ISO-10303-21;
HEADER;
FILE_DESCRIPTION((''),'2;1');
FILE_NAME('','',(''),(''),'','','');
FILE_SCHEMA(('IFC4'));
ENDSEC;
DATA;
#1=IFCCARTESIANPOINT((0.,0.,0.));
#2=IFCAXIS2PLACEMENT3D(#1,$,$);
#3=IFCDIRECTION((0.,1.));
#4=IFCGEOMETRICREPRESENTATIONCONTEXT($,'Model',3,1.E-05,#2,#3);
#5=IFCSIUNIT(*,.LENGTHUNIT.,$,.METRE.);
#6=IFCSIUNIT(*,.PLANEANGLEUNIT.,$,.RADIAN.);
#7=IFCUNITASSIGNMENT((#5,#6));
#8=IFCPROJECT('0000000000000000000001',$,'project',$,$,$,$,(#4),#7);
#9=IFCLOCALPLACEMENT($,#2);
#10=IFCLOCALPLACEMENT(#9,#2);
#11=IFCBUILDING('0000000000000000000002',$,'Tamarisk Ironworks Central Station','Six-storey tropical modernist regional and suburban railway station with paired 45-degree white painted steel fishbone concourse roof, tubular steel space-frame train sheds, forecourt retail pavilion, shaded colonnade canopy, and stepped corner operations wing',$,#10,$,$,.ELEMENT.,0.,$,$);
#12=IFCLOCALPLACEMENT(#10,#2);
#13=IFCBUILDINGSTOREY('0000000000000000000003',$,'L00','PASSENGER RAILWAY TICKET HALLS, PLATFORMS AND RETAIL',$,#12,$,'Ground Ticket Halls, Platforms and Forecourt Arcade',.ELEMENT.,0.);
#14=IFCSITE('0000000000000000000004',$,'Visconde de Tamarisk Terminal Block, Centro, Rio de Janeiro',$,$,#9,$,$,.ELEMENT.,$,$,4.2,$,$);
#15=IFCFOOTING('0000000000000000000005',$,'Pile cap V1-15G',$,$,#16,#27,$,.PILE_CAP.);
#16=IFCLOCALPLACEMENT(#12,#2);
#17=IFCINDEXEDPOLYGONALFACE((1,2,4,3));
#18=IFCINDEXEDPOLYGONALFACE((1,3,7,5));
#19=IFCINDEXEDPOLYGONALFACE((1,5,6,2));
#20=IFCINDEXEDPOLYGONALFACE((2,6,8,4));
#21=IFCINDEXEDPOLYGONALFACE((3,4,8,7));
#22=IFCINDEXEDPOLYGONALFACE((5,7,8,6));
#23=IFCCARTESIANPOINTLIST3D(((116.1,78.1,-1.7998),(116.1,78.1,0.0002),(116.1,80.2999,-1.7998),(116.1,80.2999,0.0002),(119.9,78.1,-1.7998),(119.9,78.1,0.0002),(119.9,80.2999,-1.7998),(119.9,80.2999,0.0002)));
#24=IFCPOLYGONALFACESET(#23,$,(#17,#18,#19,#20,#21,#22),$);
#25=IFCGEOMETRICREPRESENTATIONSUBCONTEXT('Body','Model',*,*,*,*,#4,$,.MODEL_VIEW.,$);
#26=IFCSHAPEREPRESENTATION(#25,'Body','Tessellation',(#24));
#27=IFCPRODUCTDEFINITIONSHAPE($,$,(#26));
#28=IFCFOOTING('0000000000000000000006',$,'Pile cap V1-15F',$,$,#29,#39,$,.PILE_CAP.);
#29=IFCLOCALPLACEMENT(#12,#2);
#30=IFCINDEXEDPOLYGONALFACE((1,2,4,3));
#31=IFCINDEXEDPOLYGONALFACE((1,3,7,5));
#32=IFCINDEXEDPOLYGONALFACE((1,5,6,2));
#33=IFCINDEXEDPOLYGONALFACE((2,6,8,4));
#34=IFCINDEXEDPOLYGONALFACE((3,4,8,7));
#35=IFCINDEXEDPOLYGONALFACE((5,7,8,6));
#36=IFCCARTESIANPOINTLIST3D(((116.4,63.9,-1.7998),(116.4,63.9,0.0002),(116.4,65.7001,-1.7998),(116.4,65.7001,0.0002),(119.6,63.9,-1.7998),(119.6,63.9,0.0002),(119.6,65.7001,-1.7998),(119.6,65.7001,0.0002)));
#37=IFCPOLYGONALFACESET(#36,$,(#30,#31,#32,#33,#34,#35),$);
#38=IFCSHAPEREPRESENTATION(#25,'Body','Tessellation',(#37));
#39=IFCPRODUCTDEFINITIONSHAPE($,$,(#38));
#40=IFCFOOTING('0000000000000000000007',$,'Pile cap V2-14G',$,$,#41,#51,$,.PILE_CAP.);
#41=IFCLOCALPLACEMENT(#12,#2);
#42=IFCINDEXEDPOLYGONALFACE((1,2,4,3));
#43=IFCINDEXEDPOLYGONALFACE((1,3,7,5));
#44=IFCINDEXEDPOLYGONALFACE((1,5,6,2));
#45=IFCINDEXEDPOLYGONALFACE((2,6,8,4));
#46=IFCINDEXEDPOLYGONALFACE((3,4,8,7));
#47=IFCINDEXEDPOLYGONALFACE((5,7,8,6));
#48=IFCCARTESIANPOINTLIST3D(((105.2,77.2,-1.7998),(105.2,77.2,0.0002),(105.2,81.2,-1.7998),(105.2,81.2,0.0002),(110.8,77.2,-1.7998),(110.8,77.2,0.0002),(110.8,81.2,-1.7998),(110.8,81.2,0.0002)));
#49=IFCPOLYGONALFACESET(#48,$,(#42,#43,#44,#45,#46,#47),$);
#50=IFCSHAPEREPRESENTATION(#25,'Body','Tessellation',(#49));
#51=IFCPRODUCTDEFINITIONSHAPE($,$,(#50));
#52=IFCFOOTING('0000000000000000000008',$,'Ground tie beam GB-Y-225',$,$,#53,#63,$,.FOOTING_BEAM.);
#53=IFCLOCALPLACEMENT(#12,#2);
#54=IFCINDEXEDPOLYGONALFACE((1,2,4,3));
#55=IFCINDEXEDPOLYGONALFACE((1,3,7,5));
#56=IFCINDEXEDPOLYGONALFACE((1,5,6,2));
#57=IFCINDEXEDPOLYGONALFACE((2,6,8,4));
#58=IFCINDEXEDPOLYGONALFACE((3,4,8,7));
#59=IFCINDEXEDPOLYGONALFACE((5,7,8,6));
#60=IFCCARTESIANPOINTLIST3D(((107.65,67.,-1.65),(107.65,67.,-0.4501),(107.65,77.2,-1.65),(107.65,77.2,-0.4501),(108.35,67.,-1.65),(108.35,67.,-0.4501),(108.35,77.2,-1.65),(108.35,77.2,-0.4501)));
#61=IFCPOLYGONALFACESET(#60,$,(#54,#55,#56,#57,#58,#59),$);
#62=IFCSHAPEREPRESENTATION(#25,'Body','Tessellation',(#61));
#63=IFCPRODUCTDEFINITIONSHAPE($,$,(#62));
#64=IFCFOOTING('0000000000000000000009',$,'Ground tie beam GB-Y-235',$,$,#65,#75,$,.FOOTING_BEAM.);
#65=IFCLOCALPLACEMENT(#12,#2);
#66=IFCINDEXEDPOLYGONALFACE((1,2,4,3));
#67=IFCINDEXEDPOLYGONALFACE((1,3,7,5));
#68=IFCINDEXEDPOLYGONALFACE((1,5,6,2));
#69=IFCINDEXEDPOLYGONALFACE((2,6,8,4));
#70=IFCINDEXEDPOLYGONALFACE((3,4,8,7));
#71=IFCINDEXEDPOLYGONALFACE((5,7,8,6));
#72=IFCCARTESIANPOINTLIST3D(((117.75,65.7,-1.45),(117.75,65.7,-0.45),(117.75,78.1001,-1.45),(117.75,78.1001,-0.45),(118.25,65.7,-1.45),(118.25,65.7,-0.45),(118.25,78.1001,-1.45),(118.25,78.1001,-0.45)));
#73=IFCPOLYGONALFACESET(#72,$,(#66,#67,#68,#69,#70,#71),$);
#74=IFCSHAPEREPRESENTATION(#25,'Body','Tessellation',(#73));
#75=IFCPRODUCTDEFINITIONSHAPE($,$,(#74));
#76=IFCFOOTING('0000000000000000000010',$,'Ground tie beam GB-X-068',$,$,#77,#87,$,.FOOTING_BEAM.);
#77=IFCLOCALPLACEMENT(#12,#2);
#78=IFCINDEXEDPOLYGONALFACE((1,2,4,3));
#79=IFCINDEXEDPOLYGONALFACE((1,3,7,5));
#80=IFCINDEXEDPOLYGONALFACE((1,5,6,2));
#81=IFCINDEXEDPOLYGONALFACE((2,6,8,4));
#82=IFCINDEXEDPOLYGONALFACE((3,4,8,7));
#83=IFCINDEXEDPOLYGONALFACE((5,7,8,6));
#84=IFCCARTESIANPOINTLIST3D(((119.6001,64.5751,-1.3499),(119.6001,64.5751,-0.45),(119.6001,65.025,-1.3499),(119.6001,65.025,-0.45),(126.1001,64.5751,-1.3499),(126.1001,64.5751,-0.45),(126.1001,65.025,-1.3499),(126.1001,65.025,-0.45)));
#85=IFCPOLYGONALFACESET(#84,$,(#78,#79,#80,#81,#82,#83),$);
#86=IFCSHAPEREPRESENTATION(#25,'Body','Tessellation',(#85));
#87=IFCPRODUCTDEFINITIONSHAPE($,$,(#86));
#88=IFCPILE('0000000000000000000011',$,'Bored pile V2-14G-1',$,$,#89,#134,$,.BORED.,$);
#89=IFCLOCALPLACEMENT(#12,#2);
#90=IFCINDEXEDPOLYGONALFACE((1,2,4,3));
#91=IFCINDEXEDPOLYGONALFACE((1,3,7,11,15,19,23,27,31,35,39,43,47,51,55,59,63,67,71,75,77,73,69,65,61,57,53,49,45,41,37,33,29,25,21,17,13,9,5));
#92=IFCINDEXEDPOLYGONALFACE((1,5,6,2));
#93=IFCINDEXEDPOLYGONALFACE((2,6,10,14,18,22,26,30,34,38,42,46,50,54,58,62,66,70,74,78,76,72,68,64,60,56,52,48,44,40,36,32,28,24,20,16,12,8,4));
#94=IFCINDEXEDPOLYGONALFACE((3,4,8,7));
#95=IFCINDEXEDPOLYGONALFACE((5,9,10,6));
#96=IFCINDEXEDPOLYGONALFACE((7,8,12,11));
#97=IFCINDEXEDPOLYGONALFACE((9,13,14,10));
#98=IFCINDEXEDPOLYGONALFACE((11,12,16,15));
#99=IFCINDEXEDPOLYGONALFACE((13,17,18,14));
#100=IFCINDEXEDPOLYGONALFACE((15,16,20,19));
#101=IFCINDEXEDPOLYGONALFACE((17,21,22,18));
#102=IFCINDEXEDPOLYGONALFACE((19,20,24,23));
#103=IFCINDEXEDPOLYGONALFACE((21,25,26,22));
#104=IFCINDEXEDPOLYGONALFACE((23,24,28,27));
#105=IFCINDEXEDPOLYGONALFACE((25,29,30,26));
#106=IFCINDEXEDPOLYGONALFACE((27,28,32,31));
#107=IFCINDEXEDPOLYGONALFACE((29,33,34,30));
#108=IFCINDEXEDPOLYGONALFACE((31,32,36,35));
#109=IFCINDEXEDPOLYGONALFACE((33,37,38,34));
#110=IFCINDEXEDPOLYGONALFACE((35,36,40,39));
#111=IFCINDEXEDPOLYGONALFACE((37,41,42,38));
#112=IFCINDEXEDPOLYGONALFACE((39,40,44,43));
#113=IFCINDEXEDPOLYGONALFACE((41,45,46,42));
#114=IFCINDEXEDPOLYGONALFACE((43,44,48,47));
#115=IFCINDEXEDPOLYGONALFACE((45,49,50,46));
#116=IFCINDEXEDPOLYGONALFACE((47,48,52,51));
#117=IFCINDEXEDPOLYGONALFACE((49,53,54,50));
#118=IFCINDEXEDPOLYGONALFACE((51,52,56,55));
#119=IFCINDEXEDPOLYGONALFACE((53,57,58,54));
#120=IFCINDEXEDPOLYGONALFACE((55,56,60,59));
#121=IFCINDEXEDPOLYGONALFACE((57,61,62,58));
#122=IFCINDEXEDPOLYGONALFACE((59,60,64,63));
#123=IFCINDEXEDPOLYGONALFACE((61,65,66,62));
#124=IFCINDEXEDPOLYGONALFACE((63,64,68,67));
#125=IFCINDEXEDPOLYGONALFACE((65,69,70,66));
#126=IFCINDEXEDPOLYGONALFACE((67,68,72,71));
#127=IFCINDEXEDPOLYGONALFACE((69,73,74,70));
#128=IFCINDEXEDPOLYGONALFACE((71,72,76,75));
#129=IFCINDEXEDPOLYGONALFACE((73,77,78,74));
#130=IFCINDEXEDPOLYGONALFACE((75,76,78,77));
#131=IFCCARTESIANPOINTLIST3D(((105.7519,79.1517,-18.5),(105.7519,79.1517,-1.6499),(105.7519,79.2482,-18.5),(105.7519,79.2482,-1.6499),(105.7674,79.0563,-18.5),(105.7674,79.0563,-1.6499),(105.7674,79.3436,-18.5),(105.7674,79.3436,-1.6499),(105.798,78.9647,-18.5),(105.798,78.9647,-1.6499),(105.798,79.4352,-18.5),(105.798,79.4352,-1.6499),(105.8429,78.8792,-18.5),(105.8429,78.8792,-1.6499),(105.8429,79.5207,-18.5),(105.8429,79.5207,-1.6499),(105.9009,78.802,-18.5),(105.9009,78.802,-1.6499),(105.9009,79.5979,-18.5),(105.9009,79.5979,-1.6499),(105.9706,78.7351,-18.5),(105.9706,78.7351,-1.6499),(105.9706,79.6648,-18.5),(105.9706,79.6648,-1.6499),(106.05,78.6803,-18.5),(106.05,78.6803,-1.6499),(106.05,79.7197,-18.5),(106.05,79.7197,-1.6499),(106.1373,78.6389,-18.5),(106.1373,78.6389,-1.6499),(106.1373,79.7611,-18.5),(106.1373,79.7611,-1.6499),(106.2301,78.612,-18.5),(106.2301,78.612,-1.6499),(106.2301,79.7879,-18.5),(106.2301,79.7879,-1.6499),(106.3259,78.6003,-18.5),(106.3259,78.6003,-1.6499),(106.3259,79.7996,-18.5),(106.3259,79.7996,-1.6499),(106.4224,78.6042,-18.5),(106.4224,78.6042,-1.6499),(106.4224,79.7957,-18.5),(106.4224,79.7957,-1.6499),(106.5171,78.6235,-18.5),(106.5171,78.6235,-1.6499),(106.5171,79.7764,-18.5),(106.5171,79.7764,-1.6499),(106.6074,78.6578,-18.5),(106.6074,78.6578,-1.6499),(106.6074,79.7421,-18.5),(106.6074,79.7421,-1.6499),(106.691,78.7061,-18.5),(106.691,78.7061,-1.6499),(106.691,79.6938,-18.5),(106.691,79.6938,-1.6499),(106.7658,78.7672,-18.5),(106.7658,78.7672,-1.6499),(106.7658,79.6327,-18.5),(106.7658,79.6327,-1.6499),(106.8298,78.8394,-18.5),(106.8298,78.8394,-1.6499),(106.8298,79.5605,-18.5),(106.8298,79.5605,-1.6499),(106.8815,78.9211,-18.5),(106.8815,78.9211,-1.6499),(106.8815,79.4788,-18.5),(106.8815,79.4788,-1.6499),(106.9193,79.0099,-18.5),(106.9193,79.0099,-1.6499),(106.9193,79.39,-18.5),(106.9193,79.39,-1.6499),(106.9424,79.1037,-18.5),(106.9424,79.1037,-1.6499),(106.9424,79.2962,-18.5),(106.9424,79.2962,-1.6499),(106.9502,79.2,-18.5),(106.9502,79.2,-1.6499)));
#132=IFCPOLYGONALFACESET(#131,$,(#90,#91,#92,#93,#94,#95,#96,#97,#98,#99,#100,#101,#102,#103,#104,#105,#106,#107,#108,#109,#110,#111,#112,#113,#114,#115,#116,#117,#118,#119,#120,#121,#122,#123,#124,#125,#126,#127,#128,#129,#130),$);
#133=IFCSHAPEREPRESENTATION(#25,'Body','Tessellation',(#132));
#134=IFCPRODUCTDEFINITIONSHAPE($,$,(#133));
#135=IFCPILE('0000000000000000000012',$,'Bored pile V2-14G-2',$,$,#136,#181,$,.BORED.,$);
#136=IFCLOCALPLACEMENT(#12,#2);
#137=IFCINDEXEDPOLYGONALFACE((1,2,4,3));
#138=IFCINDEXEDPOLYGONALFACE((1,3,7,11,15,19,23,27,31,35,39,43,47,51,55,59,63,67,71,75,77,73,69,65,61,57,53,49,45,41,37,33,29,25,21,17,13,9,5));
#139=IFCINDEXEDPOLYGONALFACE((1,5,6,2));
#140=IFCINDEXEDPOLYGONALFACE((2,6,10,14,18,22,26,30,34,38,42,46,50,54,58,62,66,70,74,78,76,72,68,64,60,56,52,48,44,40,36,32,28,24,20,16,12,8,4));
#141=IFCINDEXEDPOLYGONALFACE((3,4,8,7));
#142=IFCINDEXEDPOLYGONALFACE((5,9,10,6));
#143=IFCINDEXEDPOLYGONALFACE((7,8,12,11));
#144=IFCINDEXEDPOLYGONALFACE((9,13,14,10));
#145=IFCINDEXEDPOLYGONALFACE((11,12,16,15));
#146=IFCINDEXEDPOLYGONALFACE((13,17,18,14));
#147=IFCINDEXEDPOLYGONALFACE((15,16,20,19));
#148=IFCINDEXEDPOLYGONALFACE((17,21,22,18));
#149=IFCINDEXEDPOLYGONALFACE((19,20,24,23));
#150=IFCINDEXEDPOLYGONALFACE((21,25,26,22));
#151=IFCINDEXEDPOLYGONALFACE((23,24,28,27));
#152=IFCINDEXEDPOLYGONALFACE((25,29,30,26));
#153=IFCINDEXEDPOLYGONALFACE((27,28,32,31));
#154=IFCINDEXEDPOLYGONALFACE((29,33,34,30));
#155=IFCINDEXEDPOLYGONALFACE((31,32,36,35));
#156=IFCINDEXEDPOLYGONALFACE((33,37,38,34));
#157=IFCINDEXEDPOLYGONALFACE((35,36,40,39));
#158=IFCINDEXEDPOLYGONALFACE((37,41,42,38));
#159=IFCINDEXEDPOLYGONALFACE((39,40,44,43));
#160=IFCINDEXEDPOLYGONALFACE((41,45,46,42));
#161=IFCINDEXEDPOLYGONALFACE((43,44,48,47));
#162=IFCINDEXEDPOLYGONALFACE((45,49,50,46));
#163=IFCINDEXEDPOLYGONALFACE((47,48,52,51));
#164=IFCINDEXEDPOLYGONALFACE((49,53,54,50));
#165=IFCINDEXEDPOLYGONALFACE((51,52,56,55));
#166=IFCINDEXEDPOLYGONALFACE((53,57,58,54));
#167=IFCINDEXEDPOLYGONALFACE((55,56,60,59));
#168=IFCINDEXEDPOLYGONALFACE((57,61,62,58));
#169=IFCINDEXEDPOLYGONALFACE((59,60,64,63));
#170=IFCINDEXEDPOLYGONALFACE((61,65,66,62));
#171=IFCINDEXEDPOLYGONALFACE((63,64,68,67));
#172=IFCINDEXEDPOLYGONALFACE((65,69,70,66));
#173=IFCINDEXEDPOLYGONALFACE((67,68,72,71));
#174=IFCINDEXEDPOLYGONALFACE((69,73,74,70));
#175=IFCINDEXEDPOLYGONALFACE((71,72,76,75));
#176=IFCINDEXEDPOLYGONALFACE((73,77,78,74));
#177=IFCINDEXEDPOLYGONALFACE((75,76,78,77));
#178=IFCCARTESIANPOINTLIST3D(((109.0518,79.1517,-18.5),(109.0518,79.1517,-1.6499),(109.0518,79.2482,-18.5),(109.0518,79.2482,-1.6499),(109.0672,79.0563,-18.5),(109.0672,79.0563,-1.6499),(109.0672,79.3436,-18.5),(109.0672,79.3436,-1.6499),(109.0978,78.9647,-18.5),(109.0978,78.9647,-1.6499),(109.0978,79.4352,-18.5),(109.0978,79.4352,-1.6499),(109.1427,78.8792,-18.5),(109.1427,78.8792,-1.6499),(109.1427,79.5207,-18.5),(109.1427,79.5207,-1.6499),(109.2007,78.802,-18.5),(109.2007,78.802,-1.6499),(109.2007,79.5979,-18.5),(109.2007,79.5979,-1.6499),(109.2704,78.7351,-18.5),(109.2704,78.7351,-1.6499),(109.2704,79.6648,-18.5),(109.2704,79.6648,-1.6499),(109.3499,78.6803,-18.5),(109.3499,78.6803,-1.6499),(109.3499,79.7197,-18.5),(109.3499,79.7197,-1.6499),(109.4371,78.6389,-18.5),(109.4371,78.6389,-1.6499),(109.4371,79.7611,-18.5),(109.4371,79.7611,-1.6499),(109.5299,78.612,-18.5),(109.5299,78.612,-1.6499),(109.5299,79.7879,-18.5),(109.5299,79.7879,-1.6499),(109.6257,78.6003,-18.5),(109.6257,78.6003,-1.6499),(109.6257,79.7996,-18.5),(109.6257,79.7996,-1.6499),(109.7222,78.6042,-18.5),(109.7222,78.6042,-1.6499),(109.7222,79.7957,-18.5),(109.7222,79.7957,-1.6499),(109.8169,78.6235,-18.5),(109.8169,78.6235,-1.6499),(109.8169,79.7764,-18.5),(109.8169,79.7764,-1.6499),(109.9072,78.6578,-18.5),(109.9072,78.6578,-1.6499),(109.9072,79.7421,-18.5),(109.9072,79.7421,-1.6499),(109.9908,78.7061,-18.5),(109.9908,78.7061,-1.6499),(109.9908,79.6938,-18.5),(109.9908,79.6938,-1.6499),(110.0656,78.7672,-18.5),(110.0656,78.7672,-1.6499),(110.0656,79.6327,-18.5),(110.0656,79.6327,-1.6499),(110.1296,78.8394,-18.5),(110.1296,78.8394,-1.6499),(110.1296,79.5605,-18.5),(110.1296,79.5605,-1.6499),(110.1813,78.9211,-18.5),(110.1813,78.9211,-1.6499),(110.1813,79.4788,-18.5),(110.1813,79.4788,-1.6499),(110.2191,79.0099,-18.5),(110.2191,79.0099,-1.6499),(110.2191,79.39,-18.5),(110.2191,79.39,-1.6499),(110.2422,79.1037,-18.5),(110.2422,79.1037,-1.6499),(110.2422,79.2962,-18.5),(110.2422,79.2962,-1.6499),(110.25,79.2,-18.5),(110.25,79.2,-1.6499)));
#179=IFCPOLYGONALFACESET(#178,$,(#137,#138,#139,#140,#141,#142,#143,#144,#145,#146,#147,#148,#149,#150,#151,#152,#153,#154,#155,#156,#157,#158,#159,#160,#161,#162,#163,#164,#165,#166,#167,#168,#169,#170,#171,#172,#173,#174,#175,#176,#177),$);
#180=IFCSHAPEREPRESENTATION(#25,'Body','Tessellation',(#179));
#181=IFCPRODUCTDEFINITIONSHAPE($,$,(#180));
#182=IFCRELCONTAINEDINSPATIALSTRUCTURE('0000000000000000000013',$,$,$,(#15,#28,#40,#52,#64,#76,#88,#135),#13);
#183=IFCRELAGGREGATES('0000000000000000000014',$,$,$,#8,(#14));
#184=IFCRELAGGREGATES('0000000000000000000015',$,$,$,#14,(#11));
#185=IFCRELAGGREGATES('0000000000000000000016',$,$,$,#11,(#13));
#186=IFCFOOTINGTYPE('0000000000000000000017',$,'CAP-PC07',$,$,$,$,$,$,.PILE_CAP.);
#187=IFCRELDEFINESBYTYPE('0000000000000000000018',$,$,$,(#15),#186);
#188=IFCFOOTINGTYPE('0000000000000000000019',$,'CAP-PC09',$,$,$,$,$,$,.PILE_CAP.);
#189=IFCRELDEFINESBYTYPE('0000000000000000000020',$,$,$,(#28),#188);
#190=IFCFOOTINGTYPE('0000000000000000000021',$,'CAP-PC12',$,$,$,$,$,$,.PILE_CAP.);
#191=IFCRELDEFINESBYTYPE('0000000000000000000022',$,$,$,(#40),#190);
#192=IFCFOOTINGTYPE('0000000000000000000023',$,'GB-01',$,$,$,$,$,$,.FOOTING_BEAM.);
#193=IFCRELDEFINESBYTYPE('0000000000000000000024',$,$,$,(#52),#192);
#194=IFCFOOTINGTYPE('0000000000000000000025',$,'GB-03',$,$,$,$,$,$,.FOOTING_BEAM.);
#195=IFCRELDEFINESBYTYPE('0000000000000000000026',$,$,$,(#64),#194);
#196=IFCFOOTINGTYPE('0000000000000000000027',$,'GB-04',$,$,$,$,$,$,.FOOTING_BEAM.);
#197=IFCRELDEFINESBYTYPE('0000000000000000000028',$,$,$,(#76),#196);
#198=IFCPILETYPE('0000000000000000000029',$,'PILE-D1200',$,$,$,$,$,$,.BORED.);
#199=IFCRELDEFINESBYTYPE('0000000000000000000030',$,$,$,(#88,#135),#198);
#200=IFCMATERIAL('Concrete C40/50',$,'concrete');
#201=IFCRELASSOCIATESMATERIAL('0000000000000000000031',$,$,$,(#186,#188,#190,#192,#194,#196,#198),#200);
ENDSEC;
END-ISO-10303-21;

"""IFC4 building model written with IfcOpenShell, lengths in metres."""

from ifc_helpers import new_model, si_unit, direction, frame, origin, origin_2d, place, context, subcontext, project, spatial, rectangle, circle, extrude, material, material_profile, profile_set, type_object, element, save


model = new_model("IFC4")

# Units and contexts
model_context = context("Model", 3, precision=1e-05, world=origin(), true_north=direction((0.0, 1.0)))
body_context = subcontext(model_context, "Body", "Model", "MODEL_VIEW")
ifc_project = project(units=[si_unit("LENGTHUNIT", "METRE"), si_unit("PLANEANGLEUNIT", "RADIAN")], contexts=[model_context])

# Site, building, storey
site_placement = place(None, origin())
site = spatial("IfcSite", under=ifc_project, at=site_placement, Name="Visconde de Tamarisk Terminal Block, Centro, Rio de Janeiro", CompositionType="ELEMENT", RefElevation=4.2)
building_placement = place(site_placement, origin())
building = spatial("IfcBuilding", under=site, at=building_placement, Name="Tamarisk Ironworks Central Station", Description="Six-storey tropical modernist regional and suburban railway station with paired 45-degree white painted steel fishbone concourse roof, tubular steel space-frame train sheds, forecourt retail pavilion, shaded colonnade canopy, and stepped corner operations wing", CompositionType="ELEMENT", ElevationOfRefHeight=0.0)
storey_placement = place(building_placement, origin())
storey = spatial("IfcBuildingStorey", under=building, at=storey_placement, Name="L00", Description="PASSENGER RAILWAY TICKET HALLS, PLATFORMS AND RETAIL", LongName="Ground Ticket Halls, Platforms and Forecourt Arcade", CompositionType="ELEMENT", Elevation=0.0)

# Footings
ifc_material_1 = material(Name="Concrete C40/50", Category="concrete")
footing_type_1 = type_object("IfcFootingType", Name="CAP-PC07", PredefinedType="PILE_CAP", material=ifc_material_1)
footing_1_placement = place(storey_placement, frame((118.0, 79.2, -1.7998), z_axis=(0.0, 0.0, 1.0), x_axis=(1.0, 0.0, 0.0)))
element("IfcFooting", 1, at=footing_1_placement, inside=storey, type_object=footing_type_1, Name="Pile cap V1-15G", PredefinedType="PILE_CAP", context=body_context, shape_type="SweptSolid", body=[
    extrude(rectangle(XDim=3.8, YDim=2.2, at=origin_2d()), origin(), (0.0, 0.0, 1.0), 1.8),
])
footing_type_2 = type_object("IfcFootingType", Name="CAP-PC09", PredefinedType="PILE_CAP", material=ifc_material_1)
footing_2_placement = place(storey_placement, frame((118.0, 64.8, -1.7998), z_axis=(0.0, 0.0, 1.0), x_axis=(1.0, 0.0, 0.0)))
element("IfcFooting", 2, at=footing_2_placement, inside=storey, type_object=footing_type_2, Name="Pile cap V1-15F", PredefinedType="PILE_CAP", context=body_context, shape_type="SweptSolid", body=[
    extrude(rectangle(XDim=3.2, YDim=1.8, at=origin_2d()), origin(), (0.0, 0.0, 1.0), 1.8),
])
footing_type_3 = type_object("IfcFootingType", Name="CAP-PC12", PredefinedType="PILE_CAP", material=ifc_material_1)
footing_3_placement = place(storey_placement, frame((108.0, 79.2, -1.7998), z_axis=(0.0, 0.0, 1.0), x_axis=(1.0, 0.0, 0.0)))
element("IfcFooting", 3, at=footing_3_placement, inside=storey, type_object=footing_type_3, Name="Pile cap V2-14G", PredefinedType="PILE_CAP", context=body_context, shape_type="SweptSolid", body=[
    extrude(rectangle(XDim=5.6001, YDim=4.0, at=origin_2d()), origin(), (0.0, 0.0, 1.0), 1.8),
])
ifc_material_profile_1 = material_profile(ifc_material_1, rectangle(XDim=0.7, YDim=1.2, at=origin_2d()), Name="GB01 700x1200")
ifc_profile_set_1 = profile_set([ifc_material_profile_1], Name="Concrete C40/50")
footing_type_4 = type_object("IfcFootingType", Name="GB-01", PredefinedType="FOOTING_BEAM", material=ifc_profile_set_1)
footing_4_placement = place(storey_placement, frame((108.0, 67.0, -1.05), z_axis=(0.0, 1.0, 0.0), x_axis=(-1.0, 0.0, 0.0)))
element("IfcFooting", 4, at=footing_4_placement, inside=storey, type_object=footing_type_4, Name="Ground tie beam GB-Y-225", PredefinedType="FOOTING_BEAM", context=body_context, shape_type="SweptSolid", body=[
    extrude(rectangle(XDim=0.7, YDim=1.2, at=origin_2d()), origin(), (0.0, 0.0, 1.0), 10.2),
])
ifc_material_profile_2 = material_profile(ifc_material_1, rectangle(XDim=0.5, YDim=1.0, at=origin_2d()), Name="GB03 500x1000")
ifc_profile_set_2 = profile_set([ifc_material_profile_2], Name="Concrete C40/50")
footing_type_5 = type_object("IfcFootingType", Name="GB-03", PredefinedType="FOOTING_BEAM", material=ifc_profile_set_2)
footing_5_placement = place(storey_placement, frame((118.0, 65.7, -0.95), z_axis=(0.0, 1.0, 0.0), x_axis=(-1.0, 0.0, 0.0)))
element("IfcFooting", 5, at=footing_5_placement, inside=storey, type_object=footing_type_5, Name="Ground tie beam GB-Y-235", PredefinedType="FOOTING_BEAM", context=body_context, shape_type="SweptSolid", body=[
    extrude(rectangle(XDim=0.5, YDim=1.0, at=origin_2d()), origin(), (0.0, 0.0, 1.0), 12.4001),
])
ifc_material_profile_3 = material_profile(ifc_material_1, rectangle(XDim=0.45, YDim=0.8999, at=origin_2d()), Name="GB04 450x900")
ifc_profile_set_3 = profile_set([ifc_material_profile_3], Name="Concrete C40/50")
footing_type_6 = type_object("IfcFootingType", Name="GB-04", PredefinedType="FOOTING_BEAM", material=ifc_profile_set_3)
footing_6_placement = place(storey_placement, frame((119.6001, 64.8, -0.8999), z_axis=(1.0, 0.0, 0.0), x_axis=(0.0, 1.0, 0.0)))
element("IfcFooting", 6, at=footing_6_placement, inside=storey, type_object=footing_type_6, Name="Ground tie beam GB-X-068", PredefinedType="FOOTING_BEAM", context=body_context, shape_type="SweptSolid", body=[
    extrude(rectangle(XDim=0.45, YDim=0.8999, at=origin_2d()), origin(), (0.0, 0.0, 1.0), 6.5),
])

# Piles
ifc_material_profile_4 = material_profile(ifc_material_1, circle(Radius=0.6001, at=origin_2d()), Name="BORED PILE D1200")
ifc_profile_set_4 = profile_set([ifc_material_profile_4], Name="Concrete C40/50")
pile_type_1 = type_object("IfcPileType", Name="PILE-D1200", PredefinedType="BORED", material=ifc_profile_set_4)
for number, where, z_axis, x_axis, name in (
    (7, (106.3501, 79.2, -1.6499), (0.0, 0.0, -1.0), (1.0, 0.0, 0.0), "Bored pile V2-14G-1"),
    (8, (109.6499, 79.2, -1.6499), (0.0, 0.0, -1.0), (1.0, 0.0, 0.0), "Bored pile V2-14G-2"),
):
    element("IfcPile", number, at=place(storey_placement, frame(where, z_axis=z_axis, x_axis=x_axis)), inside=storey, type_object=pile_type_1, Name=name, PredefinedType="BORED", context=body_context, shape_type="SweptSolid", body=[
        extrude(circle(Radius=0.6001, at=origin_2d()), origin(), (0.0, 0.0, 1.0), 16.8501),
    ])

save(model, "model.ifc")
